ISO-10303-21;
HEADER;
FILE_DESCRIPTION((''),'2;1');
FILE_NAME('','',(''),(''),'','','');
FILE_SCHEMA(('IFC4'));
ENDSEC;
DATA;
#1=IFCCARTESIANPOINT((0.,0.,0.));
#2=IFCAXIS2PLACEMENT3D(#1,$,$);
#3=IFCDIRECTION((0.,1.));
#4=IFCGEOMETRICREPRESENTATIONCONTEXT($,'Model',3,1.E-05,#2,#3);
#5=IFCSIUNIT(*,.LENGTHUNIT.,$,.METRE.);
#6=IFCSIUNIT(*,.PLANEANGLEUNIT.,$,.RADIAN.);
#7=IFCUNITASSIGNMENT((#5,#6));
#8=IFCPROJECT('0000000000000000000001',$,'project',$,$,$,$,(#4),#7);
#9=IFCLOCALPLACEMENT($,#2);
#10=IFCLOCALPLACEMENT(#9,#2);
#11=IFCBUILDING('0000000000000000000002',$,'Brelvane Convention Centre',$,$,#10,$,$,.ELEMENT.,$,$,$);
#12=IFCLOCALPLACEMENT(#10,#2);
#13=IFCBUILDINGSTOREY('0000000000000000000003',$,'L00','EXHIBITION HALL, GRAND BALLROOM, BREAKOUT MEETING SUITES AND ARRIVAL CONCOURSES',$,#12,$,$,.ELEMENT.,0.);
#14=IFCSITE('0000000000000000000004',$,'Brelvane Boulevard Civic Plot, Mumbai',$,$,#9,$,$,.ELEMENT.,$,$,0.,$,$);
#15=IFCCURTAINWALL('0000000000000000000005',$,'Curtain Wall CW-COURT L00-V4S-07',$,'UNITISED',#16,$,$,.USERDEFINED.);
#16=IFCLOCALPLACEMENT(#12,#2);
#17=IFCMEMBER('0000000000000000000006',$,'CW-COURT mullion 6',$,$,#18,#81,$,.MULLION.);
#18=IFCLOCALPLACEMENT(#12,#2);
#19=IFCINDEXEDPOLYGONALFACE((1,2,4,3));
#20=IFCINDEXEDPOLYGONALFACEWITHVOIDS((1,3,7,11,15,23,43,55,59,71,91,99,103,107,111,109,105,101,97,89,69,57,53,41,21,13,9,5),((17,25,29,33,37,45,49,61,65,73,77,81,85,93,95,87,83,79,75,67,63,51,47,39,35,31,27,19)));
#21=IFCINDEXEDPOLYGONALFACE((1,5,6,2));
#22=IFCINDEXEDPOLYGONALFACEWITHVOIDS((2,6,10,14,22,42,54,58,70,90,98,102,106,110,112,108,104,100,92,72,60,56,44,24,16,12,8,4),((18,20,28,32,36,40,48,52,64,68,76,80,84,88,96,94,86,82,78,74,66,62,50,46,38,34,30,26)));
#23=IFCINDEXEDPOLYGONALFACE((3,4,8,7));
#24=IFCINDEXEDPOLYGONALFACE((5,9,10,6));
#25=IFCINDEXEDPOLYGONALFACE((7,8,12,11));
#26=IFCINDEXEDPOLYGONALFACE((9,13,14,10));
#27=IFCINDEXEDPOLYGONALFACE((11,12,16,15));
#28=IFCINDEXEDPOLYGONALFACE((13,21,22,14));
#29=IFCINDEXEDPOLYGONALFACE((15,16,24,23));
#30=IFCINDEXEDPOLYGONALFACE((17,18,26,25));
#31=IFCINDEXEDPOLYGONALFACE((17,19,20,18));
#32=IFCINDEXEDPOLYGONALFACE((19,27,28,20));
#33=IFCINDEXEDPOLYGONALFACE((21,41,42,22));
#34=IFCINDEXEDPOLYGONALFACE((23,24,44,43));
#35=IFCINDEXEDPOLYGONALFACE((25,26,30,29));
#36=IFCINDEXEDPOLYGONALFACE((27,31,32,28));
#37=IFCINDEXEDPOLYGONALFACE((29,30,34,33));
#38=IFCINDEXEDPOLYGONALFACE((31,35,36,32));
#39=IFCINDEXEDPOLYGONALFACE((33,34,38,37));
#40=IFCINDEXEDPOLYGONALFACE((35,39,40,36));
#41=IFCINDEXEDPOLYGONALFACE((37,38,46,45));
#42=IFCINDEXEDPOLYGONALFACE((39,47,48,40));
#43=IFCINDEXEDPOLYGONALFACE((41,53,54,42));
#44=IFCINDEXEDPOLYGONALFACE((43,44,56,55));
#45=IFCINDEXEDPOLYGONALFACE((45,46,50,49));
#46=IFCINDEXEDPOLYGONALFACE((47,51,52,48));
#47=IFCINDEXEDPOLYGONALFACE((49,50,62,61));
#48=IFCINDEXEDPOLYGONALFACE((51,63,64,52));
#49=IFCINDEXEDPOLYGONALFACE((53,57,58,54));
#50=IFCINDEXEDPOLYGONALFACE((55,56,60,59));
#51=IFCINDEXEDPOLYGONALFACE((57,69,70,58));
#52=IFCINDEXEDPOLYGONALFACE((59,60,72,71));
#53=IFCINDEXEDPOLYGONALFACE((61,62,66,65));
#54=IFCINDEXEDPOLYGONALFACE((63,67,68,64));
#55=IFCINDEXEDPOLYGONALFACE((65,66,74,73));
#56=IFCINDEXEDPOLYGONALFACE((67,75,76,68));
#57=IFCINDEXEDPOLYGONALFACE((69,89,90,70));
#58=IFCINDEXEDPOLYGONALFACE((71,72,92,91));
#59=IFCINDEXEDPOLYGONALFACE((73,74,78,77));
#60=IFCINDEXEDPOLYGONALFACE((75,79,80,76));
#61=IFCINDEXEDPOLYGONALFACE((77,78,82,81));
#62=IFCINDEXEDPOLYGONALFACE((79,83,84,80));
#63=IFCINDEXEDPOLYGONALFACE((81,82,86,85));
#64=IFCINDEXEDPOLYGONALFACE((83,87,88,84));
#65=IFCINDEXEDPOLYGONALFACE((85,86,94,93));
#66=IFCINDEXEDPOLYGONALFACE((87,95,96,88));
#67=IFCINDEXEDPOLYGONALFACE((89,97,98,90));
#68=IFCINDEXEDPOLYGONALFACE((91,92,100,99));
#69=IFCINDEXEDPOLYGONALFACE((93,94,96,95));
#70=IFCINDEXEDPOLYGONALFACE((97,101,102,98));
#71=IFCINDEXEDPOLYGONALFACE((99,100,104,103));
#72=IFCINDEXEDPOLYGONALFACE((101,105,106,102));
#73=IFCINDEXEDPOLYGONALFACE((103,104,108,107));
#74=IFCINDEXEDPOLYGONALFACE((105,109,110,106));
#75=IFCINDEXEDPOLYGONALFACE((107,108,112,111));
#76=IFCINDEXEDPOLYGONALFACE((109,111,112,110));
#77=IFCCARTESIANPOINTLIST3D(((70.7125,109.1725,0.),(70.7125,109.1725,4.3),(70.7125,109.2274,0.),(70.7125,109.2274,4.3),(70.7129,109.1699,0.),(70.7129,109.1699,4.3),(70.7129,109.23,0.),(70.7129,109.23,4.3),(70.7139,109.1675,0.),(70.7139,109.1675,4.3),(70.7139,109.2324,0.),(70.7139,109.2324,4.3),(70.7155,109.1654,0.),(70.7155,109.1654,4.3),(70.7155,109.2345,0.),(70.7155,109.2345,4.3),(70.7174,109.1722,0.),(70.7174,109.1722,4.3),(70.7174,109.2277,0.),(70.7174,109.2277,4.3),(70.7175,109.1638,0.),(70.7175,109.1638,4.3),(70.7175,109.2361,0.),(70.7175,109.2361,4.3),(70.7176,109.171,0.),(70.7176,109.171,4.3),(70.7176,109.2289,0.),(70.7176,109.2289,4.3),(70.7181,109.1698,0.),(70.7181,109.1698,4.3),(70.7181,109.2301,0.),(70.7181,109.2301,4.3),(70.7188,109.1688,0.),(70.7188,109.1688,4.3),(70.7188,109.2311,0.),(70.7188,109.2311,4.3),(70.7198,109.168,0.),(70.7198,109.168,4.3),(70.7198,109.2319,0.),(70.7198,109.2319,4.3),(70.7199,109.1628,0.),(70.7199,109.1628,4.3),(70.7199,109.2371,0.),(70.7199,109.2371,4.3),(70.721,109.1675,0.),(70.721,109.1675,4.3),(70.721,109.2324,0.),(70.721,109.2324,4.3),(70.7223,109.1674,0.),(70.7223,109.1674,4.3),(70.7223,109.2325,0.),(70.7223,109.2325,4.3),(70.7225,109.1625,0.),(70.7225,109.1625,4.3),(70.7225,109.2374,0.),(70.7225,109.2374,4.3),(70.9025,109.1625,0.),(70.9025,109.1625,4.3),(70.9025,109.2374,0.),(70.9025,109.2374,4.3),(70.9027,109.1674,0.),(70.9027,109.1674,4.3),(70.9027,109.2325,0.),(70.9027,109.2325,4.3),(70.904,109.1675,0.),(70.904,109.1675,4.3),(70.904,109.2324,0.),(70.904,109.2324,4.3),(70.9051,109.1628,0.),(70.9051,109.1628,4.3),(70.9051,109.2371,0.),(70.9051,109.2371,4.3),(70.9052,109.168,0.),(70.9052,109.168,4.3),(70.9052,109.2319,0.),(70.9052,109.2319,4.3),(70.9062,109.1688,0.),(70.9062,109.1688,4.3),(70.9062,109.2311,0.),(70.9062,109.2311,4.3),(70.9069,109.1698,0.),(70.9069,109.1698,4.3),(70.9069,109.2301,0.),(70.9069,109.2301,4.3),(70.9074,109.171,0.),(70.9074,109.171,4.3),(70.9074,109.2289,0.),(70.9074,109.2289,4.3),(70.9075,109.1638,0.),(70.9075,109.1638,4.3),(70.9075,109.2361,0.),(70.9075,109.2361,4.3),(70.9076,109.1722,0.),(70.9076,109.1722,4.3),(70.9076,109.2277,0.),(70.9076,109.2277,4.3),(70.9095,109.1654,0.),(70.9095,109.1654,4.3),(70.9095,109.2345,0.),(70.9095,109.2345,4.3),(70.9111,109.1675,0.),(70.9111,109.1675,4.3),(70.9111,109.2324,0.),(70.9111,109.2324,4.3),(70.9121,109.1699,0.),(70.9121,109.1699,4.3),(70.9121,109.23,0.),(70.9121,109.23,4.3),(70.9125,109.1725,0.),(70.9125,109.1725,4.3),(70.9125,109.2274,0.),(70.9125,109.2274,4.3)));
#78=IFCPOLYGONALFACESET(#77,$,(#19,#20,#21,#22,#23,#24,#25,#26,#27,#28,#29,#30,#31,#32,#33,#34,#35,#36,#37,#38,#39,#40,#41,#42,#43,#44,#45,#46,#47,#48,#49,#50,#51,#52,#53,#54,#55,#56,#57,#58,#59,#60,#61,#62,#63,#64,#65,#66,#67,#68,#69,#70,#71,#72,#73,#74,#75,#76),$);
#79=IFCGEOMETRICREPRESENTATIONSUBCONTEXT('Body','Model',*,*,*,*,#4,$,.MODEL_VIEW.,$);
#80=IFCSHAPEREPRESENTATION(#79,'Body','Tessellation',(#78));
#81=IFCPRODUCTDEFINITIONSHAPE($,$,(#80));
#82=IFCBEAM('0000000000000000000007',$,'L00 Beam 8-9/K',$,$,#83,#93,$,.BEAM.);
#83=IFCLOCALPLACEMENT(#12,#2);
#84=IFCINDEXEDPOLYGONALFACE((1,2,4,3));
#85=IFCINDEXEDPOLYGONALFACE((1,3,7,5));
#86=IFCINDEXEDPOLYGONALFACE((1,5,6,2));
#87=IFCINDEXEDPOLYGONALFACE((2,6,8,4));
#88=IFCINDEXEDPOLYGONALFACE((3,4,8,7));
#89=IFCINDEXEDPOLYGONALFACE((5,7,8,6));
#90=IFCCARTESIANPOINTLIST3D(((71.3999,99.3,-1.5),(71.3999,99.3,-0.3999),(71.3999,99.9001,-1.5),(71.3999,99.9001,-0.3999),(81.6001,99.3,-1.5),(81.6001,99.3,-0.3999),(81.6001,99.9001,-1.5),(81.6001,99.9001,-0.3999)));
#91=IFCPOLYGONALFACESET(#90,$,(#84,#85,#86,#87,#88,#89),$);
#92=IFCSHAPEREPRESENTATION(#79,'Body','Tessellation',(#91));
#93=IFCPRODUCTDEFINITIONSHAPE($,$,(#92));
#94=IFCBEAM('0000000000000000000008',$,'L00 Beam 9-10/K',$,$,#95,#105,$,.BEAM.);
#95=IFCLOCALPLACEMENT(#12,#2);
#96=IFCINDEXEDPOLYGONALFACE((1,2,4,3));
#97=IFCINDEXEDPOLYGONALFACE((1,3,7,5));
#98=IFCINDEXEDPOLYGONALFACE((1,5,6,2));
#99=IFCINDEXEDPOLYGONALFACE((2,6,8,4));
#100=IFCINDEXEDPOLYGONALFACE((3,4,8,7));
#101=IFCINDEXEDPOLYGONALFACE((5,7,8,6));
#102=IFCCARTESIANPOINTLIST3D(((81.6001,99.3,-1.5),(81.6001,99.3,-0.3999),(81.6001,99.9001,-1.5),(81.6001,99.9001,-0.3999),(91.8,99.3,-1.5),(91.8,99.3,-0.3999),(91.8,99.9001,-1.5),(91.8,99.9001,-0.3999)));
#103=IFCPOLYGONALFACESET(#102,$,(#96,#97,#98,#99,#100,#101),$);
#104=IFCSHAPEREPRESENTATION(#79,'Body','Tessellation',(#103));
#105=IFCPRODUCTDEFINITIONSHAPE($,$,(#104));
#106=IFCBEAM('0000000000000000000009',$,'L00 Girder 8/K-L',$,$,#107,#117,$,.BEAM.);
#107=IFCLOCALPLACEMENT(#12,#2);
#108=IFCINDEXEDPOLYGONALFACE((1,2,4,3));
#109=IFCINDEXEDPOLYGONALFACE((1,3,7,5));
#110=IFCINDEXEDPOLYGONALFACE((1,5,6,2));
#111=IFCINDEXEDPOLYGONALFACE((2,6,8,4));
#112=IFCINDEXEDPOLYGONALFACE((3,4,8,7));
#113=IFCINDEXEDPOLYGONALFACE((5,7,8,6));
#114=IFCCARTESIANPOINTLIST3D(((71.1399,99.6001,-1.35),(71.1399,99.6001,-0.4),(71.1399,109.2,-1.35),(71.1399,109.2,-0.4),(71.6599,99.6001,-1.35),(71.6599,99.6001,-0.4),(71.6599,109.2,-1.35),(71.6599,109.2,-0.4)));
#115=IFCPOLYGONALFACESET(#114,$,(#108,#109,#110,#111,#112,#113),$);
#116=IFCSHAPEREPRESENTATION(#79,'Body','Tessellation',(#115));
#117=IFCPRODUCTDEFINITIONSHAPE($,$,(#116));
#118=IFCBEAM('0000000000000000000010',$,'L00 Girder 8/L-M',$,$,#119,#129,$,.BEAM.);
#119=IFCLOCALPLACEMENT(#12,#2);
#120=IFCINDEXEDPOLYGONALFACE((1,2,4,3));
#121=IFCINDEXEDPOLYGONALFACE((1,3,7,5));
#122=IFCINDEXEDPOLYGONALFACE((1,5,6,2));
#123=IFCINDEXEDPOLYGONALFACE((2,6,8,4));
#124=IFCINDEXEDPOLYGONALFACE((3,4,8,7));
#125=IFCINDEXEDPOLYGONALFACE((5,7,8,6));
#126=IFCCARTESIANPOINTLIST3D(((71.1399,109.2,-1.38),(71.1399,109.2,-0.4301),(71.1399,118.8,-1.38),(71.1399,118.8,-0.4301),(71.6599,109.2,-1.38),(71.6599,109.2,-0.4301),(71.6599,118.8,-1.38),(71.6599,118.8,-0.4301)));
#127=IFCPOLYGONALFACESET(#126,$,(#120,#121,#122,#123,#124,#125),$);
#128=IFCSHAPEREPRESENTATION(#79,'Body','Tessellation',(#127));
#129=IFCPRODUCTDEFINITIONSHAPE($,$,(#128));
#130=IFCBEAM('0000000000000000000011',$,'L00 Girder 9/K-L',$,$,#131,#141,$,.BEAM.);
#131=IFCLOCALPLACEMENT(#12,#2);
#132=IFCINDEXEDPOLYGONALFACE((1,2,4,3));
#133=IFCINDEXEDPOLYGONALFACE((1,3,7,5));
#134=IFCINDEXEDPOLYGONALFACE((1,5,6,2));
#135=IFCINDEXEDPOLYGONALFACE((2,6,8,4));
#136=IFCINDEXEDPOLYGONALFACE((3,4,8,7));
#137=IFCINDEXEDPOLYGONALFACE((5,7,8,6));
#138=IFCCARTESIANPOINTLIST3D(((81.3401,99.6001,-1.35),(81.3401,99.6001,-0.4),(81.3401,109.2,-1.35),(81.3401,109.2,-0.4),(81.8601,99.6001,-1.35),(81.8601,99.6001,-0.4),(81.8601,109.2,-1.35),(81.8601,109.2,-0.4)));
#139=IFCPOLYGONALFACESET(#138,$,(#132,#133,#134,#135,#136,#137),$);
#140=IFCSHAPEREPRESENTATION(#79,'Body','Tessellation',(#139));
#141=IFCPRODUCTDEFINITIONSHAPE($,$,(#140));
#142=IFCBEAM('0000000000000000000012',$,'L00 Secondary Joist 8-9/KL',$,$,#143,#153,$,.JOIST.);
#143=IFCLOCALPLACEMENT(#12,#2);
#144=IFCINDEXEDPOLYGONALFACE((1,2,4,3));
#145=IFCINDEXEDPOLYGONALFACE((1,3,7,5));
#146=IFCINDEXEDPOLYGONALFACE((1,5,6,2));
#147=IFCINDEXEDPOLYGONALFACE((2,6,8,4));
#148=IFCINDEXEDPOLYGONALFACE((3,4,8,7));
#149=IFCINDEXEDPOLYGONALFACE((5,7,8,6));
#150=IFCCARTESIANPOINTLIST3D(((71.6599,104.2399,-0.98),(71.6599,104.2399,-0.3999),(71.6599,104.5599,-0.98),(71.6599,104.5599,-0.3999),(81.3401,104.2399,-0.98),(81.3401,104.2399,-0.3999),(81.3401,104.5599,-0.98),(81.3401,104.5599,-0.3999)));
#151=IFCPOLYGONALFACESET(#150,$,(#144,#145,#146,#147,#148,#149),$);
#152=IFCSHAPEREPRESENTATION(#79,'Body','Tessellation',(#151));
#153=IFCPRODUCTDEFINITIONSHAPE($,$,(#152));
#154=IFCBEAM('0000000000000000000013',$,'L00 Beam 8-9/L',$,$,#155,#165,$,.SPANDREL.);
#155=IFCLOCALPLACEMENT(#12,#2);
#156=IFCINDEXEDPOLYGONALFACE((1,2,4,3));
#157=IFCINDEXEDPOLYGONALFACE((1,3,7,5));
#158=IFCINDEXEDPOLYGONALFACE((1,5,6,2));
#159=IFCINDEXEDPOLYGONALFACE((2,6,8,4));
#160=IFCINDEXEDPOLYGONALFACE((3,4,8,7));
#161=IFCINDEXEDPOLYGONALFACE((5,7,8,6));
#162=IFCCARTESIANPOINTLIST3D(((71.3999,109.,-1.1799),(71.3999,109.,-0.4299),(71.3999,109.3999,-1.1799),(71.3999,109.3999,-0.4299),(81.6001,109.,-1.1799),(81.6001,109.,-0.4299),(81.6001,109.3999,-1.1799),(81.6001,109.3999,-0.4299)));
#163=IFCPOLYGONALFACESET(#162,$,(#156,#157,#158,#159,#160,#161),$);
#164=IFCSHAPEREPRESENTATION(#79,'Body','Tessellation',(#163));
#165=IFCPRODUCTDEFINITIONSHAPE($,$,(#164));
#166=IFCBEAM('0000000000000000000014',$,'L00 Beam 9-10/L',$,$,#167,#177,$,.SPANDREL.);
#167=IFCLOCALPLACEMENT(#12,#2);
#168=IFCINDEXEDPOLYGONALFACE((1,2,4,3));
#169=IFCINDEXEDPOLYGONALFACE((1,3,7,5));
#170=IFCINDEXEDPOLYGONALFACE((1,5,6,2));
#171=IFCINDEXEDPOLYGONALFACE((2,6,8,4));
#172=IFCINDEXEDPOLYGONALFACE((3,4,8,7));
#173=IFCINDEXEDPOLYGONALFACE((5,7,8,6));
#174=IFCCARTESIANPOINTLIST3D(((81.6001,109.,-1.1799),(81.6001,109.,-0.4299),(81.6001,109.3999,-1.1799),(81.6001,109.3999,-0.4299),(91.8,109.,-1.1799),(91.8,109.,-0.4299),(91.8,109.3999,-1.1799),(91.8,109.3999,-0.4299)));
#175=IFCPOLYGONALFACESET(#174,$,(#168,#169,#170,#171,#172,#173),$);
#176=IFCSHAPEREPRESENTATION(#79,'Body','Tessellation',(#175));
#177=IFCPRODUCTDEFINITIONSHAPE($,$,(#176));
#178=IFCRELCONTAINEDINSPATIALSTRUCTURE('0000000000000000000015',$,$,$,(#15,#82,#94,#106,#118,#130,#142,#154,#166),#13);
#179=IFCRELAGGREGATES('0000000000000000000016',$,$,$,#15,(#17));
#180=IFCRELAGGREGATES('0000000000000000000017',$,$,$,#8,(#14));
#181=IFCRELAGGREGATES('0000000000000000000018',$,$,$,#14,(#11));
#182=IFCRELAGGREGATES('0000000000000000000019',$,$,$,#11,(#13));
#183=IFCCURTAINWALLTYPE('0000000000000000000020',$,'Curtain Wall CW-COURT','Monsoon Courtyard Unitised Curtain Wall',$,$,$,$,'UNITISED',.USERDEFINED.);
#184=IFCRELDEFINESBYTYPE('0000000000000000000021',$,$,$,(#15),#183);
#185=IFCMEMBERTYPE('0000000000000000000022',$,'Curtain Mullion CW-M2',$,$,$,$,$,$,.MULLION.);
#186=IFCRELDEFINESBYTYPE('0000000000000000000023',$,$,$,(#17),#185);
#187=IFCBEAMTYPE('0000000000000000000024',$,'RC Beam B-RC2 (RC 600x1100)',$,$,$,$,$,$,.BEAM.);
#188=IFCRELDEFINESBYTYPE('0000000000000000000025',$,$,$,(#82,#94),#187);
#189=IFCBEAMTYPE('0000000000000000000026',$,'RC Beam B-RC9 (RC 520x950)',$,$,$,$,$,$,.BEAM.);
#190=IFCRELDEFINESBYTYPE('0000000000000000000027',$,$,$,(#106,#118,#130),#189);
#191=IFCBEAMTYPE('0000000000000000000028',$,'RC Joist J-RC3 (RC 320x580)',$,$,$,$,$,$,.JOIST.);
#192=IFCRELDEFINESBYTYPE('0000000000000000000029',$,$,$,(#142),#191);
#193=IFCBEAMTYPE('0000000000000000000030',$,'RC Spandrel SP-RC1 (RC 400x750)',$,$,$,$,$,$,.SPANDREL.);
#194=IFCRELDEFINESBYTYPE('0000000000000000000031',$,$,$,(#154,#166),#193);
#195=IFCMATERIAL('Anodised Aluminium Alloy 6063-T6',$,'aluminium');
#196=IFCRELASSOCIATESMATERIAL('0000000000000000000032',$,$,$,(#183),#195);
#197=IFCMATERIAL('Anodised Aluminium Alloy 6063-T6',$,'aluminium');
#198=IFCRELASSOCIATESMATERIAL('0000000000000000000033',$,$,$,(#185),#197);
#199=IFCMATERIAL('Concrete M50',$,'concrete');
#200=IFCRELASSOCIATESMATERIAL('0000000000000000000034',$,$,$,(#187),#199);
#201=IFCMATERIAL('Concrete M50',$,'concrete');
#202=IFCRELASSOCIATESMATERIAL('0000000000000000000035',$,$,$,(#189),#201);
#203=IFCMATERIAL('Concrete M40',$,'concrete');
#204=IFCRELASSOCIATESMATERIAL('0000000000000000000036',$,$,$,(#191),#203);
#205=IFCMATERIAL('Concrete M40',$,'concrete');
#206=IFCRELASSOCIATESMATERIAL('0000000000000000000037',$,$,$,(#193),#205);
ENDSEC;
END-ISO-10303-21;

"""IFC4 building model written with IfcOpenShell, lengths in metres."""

from ifc_helpers import new_model, si_unit, direction, frame, origin, origin_2d, place, context, subcontext, project, spatial, rectangle, hollow_rectangle, extrude, material, material_profile, profile_set, type_object, element, aggregate, save


model = new_model("IFC4")

# Units and contexts
model_context = context("Model", 3, precision=1e-05, world=origin(), true_north=direction((0.0, 1.0)))
body_context = subcontext(model_context, "Body", "Model", "MODEL_VIEW")
ifc_project = project(units=[si_unit("LENGTHUNIT", "METRE"), si_unit("PLANEANGLEUNIT", "RADIAN")], contexts=[model_context])

# Site, building, storey
site_placement = place(None, origin())
site = spatial("IfcSite", under=ifc_project, at=site_placement, Name="Brelvane Boulevard Civic Plot, Mumbai", CompositionType="ELEMENT", RefElevation=0.0)
building_placement = place(site_placement, origin())
building = spatial("IfcBuilding", under=site, at=building_placement, Name="Brelvane Convention Centre", CompositionType="ELEMENT")
storey_placement = place(building_placement, origin())
storey = spatial("IfcBuildingStorey", under=building, at=storey_placement, Name="L00", Description="EXHIBITION HALL, GRAND BALLROOM, BREAKOUT MEETING SUITES AND ARRIVAL CONCOURSES", CompositionType="ELEMENT", Elevation=0.0)

# Curtain wall, member
ifc_material_1 = material(Name="Anodised Aluminium Alloy 6063-T6", Category="aluminium")
curtain_wall_type = type_object("IfcCurtainWallType", Name="Curtain Wall CW-COURT", Description="Monsoon Courtyard Unitised Curtain Wall", ElementType="UNITISED", PredefinedType="USERDEFINED", material=ifc_material_1)
curtain_wall_placement = place(storey_placement, origin())
curtain_wall = element("IfcCurtainWall", 1, at=curtain_wall_placement, inside=storey, type_object=curtain_wall_type, Name="Curtain Wall CW-COURT L00-V4S-07", ObjectType="UNITISED", PredefinedType="USERDEFINED")
ifc_material_2 = material(Name="Anodised Aluminium Alloy 6063-T6", Category="aluminium")
ifc_material_profile_1 = material_profile(ifc_material_2, hollow_rectangle(XDim=0.075, YDim=0.2, WallThickness=0.0049, InnerFilletRadius=0.0049, OuterFilletRadius=0.01, at=origin_2d()), Name="ALU-M 200x75x5.0")
ifc_profile_set_1 = profile_set([ifc_material_profile_1], Name="Anodised Aluminium Alloy 6063-T6")
member_type = type_object("IfcMemberType", Name="Curtain Mullion CW-M2", PredefinedType="MULLION", material=ifc_profile_set_1)
member_placement = place(storey_placement, frame((70.8125, 109.2, 0.0), z_axis=(0.0, 0.0, 1.0), x_axis=(0.0, 1.0, 0.0)))
member = element("IfcMember", 2, at=member_placement, type_object=member_type, Name="CW-COURT mullion 6", PredefinedType="MULLION", context=body_context, shape_type="SweptSolid", body=[
    extrude(hollow_rectangle(XDim=0.075, YDim=0.2, WallThickness=0.0049, InnerFilletRadius=0.0049, OuterFilletRadius=0.01, at=origin_2d()), origin(), (0.0, 0.0, 1.0), 4.3),
])

# Beams
ifc_material_3 = material(Name="Concrete M50", Category="concrete")
ifc_material_profile_2 = material_profile(ifc_material_3, rectangle(XDim=0.6001, YDim=1.1001, at=origin_2d()), Name="RC 600x1100")
ifc_profile_set_2 = profile_set([ifc_material_profile_2], Name="Concrete M50")
beam_type_1 = type_object("IfcBeamType", Name="RC Beam B-RC2 (RC 600x1100)", PredefinedType="BEAM", material=ifc_profile_set_2)
beam_1_placement = place(storey_placement, frame((71.3999, 99.6001, -0.95), z_axis=(1.0, 0.0, 0.0), x_axis=(0.0, 1.0, 0.0)))
element("IfcBeam", 3, at=beam_1_placement, inside=storey, type_object=beam_type_1, Name="L00 Beam 8-9/K", PredefinedType="BEAM", context=body_context, shape_type="SweptSolid", body=[
    extrude(rectangle(XDim=0.6001, YDim=1.1001, at=origin_2d()), origin(), (0.0, 0.0, 1.0), 10.2002),
])
beam_2_placement = place(storey_placement, frame((81.6001, 99.6001, -0.95), z_axis=(1.0, 0.0, 0.0), x_axis=(0.0, 1.0, 0.0)))
element("IfcBeam", 4, at=beam_2_placement, inside=storey, type_object=beam_type_1, Name="L00 Beam 9-10/K", PredefinedType="BEAM", context=body_context, shape_type="SweptSolid", body=[
    extrude(rectangle(XDim=0.6001, YDim=1.1001, at=origin_2d()), origin(), (0.0, 0.0, 1.0), 10.2),
])
ifc_material_4 = material(Name="Concrete M50", Category="concrete")
ifc_material_profile_3 = material_profile(ifc_material_4, rectangle(XDim=0.52, YDim=0.95, at=origin_2d()), Name="RC 520x950")
ifc_profile_set_3 = profile_set([ifc_material_profile_3], Name="Concrete M50")
beam_type_2 = type_object("IfcBeamType", Name="RC Beam B-RC9 (RC 520x950)", PredefinedType="BEAM", material=ifc_profile_set_3)
beam_3_placement = place(storey_placement, frame((71.3999, 99.6001, -0.875), z_axis=(0.0, 1.0, 0.0), x_axis=(-1.0, 0.0, 0.0)))
element("IfcBeam", 5, at=beam_3_placement, inside=storey, type_object=beam_type_2, Name="L00 Girder 8/K-L", PredefinedType="BEAM", context=body_context, shape_type="SweptSolid", body=[
    extrude(rectangle(XDim=0.52, YDim=0.95, at=origin_2d()), origin(), (0.0, 0.0, 1.0), 9.5999),
])
beam_4_placement = place(storey_placement, frame((71.3999, 109.2, -0.905), z_axis=(0.0, 1.0, 0.0), x_axis=(-1.0, 0.0, 0.0)))
element("IfcBeam", 6, at=beam_4_placement, inside=storey, type_object=beam_type_2, Name="L00 Girder 8/L-M", PredefinedType="BEAM", context=body_context, shape_type="SweptSolid", body=[
    extrude(rectangle(XDim=0.52, YDim=0.95, at=origin_2d()), origin(), (0.0, 0.0, 1.0), 9.6001),
])
beam_5_placement = place(storey_placement, frame((81.6001, 99.6001, -0.875), z_axis=(0.0, 1.0, 0.0), x_axis=(-1.0, 0.0, 0.0)))
element("IfcBeam", 7, at=beam_5_placement, inside=storey, type_object=beam_type_2, Name="L00 Girder 9/K-L", PredefinedType="BEAM", context=body_context, shape_type="SweptSolid", body=[
    extrude(rectangle(XDim=0.52, YDim=0.95, at=origin_2d()), origin(), (0.0, 0.0, 1.0), 9.5999),
])
ifc_material_5 = material(Name="Concrete M40", Category="concrete")
ifc_material_profile_4 = material_profile(ifc_material_5, rectangle(XDim=0.3201, YDim=0.5801, at=origin_2d()), Name="RC 320x580")
ifc_profile_set_4 = profile_set([ifc_material_profile_4], Name="Concrete M40")
beam_type_3 = type_object("IfcBeamType", Name="RC Joist J-RC3 (RC 320x580)", PredefinedType="JOIST", material=ifc_profile_set_4)
beam_6_placement = place(storey_placement, frame((71.6599, 104.3999, -0.6899), z_axis=(1.0, 0.0, 0.0), x_axis=(0.0, 1.0, 0.0)))
element("IfcBeam", 8, at=beam_6_placement, inside=storey, type_object=beam_type_3, Name="L00 Secondary Joist 8-9/KL", PredefinedType="JOIST", context=body_context, shape_type="SweptSolid", body=[
    extrude(rectangle(XDim=0.3201, YDim=0.5801, at=origin_2d()), origin(), (0.0, 0.0, 1.0), 9.6802),
])
ifc_material_6 = material(Name="Concrete M40", Category="concrete")
ifc_material_profile_5 = material_profile(ifc_material_6, rectangle(XDim=0.3999, YDim=0.75, at=origin_2d()), Name="RC 400x750")
ifc_profile_set_5 = profile_set([ifc_material_profile_5], Name="Concrete M40")
beam_type_4 = type_object("IfcBeamType", Name="RC Spandrel SP-RC1 (RC 400x750)", PredefinedType="SPANDREL", material=ifc_profile_set_5)
beam_7_placement = place(storey_placement, frame((71.3999, 109.2, -0.8049), z_axis=(1.0, 0.0, 0.0), x_axis=(0.0, 1.0, 0.0)))
element("IfcBeam", 9, at=beam_7_placement, inside=storey, type_object=beam_type_4, Name="L00 Beam 8-9/L", PredefinedType="SPANDREL", context=body_context, shape_type="SweptSolid", body=[
    extrude(rectangle(XDim=0.3999, YDim=0.75, at=origin_2d()), origin(), (0.0, 0.0, 1.0), 10.2002),
])
beam_8_placement = place(storey_placement, frame((81.6001, 109.2, -0.8049), z_axis=(1.0, 0.0, 0.0), x_axis=(0.0, 1.0, 0.0)))
element("IfcBeam", 10, at=beam_8_placement, inside=storey, type_object=beam_type_4, Name="L00 Beam 9-10/L", PredefinedType="SPANDREL", context=body_context, shape_type="SweptSolid", body=[
    extrude(rectangle(XDim=0.3999, YDim=0.75, at=origin_2d()), origin(), (0.0, 0.0, 1.0), 10.2),
])

aggregate(curtain_wall, [member])

save(model, "model.ifc")
